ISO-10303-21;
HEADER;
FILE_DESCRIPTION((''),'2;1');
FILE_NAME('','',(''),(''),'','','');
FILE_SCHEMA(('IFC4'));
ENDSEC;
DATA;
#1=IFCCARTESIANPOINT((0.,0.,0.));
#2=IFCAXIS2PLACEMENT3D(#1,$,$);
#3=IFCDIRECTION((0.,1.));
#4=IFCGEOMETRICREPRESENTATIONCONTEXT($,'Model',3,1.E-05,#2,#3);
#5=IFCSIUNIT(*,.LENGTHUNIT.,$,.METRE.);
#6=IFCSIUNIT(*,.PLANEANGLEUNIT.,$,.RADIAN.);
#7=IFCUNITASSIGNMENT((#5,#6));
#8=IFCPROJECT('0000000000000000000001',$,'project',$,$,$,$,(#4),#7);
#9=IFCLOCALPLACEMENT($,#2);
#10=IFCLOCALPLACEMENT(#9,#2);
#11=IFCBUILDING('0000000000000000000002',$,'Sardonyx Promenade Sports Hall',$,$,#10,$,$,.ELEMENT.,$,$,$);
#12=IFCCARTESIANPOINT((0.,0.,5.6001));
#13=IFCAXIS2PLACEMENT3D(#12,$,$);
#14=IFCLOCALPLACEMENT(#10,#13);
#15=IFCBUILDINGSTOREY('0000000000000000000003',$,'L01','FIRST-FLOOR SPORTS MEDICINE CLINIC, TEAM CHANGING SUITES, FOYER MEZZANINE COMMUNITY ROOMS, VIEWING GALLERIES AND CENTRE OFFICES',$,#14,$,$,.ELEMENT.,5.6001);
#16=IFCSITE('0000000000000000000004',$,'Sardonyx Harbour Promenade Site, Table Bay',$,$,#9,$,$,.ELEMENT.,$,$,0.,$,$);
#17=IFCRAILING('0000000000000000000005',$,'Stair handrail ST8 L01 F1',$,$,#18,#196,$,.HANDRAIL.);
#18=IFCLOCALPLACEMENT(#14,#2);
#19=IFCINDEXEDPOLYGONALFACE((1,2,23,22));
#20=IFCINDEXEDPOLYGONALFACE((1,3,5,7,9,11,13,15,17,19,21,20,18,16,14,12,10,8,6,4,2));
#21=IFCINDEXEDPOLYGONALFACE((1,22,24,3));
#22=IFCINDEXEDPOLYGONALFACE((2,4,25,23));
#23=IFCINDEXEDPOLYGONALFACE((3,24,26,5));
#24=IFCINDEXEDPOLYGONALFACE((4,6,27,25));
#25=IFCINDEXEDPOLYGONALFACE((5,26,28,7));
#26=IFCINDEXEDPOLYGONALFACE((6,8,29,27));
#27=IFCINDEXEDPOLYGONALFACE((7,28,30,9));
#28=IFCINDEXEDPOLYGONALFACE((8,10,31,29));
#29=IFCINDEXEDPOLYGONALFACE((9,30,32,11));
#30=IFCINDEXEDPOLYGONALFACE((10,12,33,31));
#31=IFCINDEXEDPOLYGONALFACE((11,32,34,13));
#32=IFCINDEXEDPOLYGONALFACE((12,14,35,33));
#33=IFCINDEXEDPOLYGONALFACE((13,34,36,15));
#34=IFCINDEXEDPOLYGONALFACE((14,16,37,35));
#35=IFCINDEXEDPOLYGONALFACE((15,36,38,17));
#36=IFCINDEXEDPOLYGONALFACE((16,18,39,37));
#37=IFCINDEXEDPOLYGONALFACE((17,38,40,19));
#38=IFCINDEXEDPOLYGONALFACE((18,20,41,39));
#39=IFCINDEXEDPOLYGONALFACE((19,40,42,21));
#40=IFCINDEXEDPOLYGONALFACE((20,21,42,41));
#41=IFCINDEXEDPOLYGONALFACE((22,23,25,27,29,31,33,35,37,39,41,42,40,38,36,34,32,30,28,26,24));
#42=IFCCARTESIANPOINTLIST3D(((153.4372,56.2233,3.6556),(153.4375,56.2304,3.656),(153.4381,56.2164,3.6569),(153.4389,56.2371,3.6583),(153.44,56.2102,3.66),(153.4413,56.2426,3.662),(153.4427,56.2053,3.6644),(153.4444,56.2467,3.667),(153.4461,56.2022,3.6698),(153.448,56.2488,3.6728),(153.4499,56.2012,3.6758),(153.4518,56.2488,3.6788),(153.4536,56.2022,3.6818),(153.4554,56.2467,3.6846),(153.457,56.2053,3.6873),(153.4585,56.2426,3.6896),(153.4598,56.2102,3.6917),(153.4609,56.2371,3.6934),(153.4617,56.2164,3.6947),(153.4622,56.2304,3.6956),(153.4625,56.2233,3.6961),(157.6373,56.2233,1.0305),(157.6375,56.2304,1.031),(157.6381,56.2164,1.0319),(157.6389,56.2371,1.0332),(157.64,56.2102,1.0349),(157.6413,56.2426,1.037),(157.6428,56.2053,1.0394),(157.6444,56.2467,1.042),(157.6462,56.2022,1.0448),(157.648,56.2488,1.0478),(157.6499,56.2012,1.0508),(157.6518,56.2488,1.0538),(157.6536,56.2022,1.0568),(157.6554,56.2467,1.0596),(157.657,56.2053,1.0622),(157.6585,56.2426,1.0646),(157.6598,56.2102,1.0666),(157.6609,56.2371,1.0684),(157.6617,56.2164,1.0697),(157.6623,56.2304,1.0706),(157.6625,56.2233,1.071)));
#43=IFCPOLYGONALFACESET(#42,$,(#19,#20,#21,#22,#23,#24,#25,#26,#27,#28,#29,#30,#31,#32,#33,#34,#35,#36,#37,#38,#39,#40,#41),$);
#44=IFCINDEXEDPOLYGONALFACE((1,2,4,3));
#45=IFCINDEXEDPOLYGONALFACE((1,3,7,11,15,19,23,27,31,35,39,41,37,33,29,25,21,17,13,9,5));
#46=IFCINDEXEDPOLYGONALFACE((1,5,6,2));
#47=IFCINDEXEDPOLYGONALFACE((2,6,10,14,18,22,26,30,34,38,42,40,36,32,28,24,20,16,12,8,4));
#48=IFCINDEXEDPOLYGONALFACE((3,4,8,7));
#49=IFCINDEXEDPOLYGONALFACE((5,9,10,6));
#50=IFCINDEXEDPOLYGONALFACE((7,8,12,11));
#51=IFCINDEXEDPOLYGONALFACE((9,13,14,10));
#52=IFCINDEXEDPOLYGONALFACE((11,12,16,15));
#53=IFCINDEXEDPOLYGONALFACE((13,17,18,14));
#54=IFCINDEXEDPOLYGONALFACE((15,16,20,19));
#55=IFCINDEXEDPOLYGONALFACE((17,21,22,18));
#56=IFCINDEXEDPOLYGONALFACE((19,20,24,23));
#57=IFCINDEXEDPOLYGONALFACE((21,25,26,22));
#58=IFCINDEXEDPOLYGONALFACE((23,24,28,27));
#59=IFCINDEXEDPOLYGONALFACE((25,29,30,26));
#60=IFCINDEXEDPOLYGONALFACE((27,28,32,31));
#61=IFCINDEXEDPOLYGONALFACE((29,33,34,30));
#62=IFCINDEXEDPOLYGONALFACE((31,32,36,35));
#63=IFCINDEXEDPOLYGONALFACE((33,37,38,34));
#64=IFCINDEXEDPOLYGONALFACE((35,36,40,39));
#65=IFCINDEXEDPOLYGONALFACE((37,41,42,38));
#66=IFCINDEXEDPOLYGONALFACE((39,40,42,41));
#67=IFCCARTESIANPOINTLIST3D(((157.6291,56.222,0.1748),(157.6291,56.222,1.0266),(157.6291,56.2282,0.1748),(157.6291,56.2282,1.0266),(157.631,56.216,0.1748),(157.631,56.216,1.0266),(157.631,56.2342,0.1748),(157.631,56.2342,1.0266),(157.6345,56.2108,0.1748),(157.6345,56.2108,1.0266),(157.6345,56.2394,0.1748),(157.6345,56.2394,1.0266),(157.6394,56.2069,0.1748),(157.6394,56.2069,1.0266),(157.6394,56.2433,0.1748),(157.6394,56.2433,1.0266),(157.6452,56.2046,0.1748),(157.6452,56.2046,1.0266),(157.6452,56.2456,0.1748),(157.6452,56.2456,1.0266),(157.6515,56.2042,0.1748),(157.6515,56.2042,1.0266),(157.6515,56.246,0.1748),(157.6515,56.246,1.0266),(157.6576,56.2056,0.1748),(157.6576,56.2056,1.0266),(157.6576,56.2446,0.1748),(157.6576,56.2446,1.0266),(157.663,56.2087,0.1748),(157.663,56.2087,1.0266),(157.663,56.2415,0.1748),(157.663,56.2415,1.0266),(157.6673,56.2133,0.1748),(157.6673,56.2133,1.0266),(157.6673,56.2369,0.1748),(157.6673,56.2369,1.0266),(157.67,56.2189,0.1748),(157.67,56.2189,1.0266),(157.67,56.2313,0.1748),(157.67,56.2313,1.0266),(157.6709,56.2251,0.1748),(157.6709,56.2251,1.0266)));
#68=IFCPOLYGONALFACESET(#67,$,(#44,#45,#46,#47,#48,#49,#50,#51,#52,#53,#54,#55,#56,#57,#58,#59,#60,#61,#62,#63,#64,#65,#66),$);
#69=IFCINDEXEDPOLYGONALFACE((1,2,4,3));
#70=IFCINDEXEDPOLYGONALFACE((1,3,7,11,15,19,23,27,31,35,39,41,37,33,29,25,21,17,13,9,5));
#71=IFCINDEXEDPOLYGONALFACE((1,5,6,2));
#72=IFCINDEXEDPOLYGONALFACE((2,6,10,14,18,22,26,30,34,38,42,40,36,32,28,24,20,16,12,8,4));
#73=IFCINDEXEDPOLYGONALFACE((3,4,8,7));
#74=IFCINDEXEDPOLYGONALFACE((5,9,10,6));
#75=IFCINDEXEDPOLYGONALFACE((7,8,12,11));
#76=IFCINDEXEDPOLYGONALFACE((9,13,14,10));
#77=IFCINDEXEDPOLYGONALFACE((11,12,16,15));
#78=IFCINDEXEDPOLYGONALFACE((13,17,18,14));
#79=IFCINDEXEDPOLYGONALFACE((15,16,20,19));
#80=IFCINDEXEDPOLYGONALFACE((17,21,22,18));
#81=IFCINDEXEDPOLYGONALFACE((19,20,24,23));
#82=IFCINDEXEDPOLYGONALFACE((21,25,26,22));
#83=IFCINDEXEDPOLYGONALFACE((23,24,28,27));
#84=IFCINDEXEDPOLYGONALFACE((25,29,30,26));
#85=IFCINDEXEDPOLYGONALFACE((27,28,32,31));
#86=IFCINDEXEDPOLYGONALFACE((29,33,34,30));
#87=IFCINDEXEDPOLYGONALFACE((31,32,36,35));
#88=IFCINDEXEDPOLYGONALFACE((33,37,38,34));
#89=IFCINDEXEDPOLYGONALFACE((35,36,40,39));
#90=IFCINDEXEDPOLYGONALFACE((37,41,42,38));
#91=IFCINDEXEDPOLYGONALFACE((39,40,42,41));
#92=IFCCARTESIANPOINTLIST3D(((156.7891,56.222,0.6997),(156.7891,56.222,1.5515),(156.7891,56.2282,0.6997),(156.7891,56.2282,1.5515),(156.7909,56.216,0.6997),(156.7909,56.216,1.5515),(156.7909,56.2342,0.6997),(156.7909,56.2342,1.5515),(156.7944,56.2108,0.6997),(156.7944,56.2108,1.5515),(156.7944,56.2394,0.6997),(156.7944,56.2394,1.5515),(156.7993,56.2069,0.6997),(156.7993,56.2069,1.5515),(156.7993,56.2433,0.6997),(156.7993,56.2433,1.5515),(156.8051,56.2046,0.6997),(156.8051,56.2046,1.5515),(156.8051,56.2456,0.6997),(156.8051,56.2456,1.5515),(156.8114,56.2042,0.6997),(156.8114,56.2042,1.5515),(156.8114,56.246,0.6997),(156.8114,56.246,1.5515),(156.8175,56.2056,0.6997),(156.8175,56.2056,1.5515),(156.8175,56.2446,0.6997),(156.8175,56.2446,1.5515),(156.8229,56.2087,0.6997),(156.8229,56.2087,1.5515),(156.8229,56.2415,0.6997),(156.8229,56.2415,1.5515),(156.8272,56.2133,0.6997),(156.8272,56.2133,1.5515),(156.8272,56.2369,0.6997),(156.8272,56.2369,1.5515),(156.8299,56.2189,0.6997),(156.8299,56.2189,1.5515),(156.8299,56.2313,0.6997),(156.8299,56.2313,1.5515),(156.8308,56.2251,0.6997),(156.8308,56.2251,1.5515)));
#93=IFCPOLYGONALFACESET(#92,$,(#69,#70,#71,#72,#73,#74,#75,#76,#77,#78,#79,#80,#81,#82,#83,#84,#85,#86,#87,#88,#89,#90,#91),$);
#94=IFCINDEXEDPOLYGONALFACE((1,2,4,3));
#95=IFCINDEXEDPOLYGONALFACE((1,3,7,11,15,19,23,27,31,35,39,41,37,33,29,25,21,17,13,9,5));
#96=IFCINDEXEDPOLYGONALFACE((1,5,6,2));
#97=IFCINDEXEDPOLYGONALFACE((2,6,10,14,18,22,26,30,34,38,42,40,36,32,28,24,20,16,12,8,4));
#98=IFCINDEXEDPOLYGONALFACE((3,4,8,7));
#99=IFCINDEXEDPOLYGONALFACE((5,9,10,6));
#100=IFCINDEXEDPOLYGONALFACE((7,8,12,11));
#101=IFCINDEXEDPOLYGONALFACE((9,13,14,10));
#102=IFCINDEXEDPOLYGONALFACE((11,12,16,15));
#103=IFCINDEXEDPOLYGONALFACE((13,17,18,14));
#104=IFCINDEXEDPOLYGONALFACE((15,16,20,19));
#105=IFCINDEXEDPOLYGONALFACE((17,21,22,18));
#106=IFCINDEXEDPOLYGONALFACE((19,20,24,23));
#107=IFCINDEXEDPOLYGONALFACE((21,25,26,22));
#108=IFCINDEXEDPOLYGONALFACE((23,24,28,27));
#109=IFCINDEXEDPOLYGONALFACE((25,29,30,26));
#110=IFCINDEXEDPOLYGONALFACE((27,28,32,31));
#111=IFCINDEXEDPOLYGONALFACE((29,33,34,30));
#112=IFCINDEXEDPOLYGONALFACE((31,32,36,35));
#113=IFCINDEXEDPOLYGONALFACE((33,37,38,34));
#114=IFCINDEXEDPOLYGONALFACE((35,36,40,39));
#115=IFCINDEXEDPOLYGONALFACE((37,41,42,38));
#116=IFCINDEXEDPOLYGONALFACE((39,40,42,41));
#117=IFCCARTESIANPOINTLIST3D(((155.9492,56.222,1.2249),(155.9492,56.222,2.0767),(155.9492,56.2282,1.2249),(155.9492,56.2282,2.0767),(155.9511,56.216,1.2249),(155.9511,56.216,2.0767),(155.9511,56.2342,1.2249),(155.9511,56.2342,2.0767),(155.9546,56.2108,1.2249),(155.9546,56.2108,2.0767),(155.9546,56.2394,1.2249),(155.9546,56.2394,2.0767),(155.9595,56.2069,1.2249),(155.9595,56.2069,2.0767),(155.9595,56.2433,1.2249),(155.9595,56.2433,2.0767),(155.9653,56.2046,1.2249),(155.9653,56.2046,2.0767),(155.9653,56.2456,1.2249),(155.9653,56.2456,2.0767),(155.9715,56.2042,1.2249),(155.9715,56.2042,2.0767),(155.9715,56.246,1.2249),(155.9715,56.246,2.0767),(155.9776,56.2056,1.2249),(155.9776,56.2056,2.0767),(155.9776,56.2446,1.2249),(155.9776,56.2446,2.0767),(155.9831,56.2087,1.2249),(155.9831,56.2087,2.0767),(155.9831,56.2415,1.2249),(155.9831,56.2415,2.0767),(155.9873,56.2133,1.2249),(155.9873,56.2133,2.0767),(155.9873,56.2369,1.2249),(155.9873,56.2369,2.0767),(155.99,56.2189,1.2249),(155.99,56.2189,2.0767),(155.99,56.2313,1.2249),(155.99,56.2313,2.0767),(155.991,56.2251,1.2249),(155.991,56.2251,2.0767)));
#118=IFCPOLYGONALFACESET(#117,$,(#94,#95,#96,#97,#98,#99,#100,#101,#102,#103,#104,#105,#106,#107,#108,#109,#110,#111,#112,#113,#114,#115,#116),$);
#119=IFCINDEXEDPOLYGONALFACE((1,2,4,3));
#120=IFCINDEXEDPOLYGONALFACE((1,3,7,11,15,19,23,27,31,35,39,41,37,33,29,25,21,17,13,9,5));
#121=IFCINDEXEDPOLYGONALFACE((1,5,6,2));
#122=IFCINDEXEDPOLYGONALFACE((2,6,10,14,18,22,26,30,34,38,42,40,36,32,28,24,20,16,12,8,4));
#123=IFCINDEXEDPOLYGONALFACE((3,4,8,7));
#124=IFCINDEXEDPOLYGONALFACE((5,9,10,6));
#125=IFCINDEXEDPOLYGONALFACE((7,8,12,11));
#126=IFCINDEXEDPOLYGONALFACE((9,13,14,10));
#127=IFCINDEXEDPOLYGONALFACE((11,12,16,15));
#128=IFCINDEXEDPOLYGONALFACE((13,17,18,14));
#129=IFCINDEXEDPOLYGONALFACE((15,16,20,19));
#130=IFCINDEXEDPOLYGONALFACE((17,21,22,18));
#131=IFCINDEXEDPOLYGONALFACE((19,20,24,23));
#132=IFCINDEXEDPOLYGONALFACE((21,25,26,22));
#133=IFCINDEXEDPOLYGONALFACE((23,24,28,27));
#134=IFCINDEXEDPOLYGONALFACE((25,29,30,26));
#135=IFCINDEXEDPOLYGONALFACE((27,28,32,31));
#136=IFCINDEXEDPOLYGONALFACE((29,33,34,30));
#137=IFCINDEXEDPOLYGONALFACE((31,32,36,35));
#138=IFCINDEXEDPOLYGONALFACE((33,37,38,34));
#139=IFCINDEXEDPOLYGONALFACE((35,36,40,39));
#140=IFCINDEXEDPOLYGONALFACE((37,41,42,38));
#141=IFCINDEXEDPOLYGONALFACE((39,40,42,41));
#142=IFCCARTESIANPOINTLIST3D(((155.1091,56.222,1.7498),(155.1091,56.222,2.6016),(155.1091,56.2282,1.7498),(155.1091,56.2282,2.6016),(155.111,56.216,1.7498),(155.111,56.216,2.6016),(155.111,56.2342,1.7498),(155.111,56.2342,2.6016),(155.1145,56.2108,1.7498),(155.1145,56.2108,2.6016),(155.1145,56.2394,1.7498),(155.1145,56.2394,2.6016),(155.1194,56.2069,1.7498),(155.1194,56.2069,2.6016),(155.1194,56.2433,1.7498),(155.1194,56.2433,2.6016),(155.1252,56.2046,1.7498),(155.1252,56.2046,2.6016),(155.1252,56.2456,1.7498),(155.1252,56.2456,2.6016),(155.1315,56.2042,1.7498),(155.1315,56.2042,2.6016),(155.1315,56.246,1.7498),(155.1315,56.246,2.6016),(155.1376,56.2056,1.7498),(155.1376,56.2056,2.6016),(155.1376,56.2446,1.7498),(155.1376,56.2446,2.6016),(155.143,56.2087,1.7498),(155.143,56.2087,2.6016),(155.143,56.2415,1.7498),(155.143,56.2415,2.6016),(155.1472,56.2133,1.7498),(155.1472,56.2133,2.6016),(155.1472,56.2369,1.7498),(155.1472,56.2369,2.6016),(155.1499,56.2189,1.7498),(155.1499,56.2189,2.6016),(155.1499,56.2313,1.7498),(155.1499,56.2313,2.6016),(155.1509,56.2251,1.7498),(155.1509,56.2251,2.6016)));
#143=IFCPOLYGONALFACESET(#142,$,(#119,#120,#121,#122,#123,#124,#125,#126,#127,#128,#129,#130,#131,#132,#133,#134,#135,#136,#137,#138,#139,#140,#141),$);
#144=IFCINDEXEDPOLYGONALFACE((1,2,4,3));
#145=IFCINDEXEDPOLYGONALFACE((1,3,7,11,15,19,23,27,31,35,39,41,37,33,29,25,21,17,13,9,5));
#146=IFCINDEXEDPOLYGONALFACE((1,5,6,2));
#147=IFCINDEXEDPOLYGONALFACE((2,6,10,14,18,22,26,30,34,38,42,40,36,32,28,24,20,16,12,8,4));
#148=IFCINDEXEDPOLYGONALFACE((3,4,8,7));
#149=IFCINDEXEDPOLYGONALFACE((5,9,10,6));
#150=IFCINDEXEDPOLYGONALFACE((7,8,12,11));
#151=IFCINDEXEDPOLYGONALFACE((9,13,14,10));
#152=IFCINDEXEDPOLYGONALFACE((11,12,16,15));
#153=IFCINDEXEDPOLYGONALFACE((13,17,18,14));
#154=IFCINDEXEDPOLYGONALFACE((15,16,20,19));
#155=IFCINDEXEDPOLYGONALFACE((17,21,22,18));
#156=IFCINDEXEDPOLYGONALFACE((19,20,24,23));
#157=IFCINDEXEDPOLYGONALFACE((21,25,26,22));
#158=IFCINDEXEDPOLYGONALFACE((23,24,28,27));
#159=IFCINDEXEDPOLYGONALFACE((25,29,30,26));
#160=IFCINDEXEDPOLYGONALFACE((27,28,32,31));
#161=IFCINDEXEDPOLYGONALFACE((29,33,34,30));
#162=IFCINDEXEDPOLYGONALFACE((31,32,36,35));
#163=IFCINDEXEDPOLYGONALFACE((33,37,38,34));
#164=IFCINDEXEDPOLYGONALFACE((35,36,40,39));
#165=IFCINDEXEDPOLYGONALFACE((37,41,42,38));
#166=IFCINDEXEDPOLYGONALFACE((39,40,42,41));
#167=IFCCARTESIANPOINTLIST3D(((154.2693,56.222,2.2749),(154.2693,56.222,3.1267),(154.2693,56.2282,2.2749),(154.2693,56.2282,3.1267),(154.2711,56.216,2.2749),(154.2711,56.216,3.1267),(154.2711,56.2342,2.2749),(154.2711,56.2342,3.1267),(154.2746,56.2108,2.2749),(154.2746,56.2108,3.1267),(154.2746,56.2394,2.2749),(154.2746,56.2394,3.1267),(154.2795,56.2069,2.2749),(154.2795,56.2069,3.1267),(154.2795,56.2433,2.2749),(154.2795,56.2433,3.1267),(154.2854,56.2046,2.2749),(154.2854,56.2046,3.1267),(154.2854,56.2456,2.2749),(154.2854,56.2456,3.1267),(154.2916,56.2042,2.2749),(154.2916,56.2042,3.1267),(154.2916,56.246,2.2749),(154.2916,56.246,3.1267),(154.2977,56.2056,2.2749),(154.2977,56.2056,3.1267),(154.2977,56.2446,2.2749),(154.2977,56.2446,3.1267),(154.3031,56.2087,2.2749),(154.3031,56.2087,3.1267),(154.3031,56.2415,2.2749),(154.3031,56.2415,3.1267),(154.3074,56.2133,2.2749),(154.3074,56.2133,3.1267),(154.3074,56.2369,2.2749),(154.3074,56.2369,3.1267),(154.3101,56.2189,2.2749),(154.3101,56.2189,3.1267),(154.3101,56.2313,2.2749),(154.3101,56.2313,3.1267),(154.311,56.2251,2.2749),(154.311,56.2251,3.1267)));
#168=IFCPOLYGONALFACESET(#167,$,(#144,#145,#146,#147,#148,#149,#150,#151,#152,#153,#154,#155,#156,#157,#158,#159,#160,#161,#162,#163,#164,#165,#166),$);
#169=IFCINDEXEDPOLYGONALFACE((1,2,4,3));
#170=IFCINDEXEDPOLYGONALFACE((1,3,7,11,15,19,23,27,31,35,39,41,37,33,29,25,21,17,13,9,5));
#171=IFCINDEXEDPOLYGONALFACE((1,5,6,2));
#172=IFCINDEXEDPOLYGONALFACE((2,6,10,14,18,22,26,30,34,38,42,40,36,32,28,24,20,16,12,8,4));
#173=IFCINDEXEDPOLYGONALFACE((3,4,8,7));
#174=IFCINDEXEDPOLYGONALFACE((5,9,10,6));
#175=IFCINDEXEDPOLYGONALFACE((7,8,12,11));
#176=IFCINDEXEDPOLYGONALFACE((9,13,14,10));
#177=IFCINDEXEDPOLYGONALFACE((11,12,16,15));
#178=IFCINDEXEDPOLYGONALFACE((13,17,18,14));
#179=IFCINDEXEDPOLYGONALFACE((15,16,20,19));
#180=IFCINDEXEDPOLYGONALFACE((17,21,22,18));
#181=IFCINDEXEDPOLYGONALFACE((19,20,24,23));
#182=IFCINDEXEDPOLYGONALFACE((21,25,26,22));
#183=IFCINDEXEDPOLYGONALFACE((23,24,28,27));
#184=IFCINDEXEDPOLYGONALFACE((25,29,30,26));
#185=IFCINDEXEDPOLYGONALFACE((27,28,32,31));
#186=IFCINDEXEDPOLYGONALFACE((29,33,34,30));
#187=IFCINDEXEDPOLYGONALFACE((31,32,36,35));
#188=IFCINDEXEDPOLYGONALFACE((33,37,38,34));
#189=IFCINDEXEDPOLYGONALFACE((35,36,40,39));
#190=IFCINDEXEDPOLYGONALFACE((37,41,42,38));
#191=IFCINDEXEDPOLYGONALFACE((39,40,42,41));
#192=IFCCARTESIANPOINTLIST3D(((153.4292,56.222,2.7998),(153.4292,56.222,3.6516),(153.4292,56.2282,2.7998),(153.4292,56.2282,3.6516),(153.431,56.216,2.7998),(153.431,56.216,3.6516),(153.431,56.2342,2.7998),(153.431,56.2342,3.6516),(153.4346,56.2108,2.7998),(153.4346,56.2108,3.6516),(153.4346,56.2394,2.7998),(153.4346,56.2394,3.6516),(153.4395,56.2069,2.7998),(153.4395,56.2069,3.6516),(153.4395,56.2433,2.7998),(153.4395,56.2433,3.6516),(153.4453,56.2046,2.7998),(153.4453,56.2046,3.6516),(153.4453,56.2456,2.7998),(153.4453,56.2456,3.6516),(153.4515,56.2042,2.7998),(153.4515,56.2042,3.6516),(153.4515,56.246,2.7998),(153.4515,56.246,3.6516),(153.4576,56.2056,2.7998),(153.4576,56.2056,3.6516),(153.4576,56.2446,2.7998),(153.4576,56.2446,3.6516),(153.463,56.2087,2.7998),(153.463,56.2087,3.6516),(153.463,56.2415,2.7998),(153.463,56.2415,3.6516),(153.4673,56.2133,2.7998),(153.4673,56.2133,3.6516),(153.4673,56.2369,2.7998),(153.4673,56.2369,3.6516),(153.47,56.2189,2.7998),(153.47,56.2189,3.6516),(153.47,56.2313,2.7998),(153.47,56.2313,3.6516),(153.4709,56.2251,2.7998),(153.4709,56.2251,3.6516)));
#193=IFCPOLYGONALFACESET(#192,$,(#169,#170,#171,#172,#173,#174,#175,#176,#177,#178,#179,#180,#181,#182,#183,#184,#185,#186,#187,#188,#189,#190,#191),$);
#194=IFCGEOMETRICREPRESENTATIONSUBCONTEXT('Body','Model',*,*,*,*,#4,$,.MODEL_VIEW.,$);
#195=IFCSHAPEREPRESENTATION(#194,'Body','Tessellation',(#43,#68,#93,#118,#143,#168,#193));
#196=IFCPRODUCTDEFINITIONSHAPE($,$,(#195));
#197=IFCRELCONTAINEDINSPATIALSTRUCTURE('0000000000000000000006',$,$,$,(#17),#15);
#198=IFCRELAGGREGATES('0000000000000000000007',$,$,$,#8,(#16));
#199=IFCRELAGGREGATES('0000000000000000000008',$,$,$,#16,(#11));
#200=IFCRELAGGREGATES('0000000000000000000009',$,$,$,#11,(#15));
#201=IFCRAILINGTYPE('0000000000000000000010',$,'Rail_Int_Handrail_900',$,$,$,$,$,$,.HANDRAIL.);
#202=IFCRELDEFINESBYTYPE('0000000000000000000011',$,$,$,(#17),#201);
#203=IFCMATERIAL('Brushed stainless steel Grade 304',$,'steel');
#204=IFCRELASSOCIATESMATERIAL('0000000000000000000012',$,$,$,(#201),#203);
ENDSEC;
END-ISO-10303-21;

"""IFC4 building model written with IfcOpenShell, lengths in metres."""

from ifc_helpers import new_model, si_unit, direction, frame, origin, origin_2d, place, context, subcontext, project, spatial, circle, extrude, material, type_object, element, save


model = new_model("IFC4")

# Units and contexts
model_context = context("Model", 3, precision=1e-05, world=origin(), true_north=direction((0.0, 1.0)))
body_context = subcontext(model_context, "Body", "Model", "MODEL_VIEW")
ifc_project = project(units=[si_unit("LENGTHUNIT", "METRE"), si_unit("PLANEANGLEUNIT", "RADIAN")], contexts=[model_context])

# Site, building, storey
site_placement = place(None, origin())
site = spatial("IfcSite", under=ifc_project, at=site_placement, Name="Sardonyx Harbour Promenade Site, Table Bay", CompositionType="ELEMENT", RefElevation=0.0)
building_placement = place(site_placement, origin())
building = spatial("IfcBuilding", under=site, at=building_placement, Name="Sardonyx Promenade Sports Hall", CompositionType="ELEMENT")
storey_placement = place(building_placement, frame((0.0, 0.0, 5.6001)))
storey = spatial("IfcBuildingStorey", under=building, at=storey_placement, Name="L01", Description="FIRST-FLOOR SPORTS MEDICINE CLINIC, TEAM CHANGING SUITES, FOYER MEZZANINE COMMUNITY ROOMS, VIEWING GALLERIES AND CENTRE OFFICES", CompositionType="ELEMENT", Elevation=5.6001)

# Railing
ifc_material_1 = material(Name="Brushed stainless steel Grade 304", Category="steel")
railing_type_1 = type_object("IfcRailingType", Name="Rail_Int_Handrail_900", PredefinedType="HANDRAIL", material=ifc_material_1)
railing_1_placement = place(storey_placement, frame((157.6499, 56.2251, 0.1748)))
element("IfcRailing", 1, at=railing_1_placement, inside=storey, type_object=railing_type_1, Name="Stair handrail ST8 L01 F1", PredefinedType="HANDRAIL", context=body_context, shape_type="SweptSolid", body=[
    extrude(circle(Radius=0.0239, at=origin_2d()), frame((0.0, 0.0, 0.876), z_axis=(-0.847996, 0.0, 0.530003), x_axis=(0.0, -1.0, 0.0)), (0.0, 0.0, 1.0), 4.9529),
    extrude(circle(Radius=0.021, at=origin_2d()), origin(), (0.0, 0.0, 1.0), 0.8518),
    extrude(circle(Radius=0.021, at=origin_2d()), frame((-0.8401, 0.0, 0.5249)), (0.0, 0.0, 1.0), 0.8518),
    extrude(circle(Radius=0.021, at=origin_2d()), frame((-1.6799, 0.0, 1.05)), (0.0, 0.0, 1.0), 0.8518),
    extrude(circle(Radius=0.021, at=origin_2d()), frame((-2.52, 0.0, 1.575)), (0.0, 0.0, 1.0), 0.8518),
    extrude(circle(Radius=0.021, at=origin_2d()), frame((-3.3599, 0.0, 2.1001)), (0.0, 0.0, 1.0), 0.8518),
    extrude(circle(Radius=0.021, at=origin_2d()), frame((-4.2, 0.0, 2.625)), (0.0, 0.0, 1.0), 0.8518),
])

save(model, "model.ifc")
